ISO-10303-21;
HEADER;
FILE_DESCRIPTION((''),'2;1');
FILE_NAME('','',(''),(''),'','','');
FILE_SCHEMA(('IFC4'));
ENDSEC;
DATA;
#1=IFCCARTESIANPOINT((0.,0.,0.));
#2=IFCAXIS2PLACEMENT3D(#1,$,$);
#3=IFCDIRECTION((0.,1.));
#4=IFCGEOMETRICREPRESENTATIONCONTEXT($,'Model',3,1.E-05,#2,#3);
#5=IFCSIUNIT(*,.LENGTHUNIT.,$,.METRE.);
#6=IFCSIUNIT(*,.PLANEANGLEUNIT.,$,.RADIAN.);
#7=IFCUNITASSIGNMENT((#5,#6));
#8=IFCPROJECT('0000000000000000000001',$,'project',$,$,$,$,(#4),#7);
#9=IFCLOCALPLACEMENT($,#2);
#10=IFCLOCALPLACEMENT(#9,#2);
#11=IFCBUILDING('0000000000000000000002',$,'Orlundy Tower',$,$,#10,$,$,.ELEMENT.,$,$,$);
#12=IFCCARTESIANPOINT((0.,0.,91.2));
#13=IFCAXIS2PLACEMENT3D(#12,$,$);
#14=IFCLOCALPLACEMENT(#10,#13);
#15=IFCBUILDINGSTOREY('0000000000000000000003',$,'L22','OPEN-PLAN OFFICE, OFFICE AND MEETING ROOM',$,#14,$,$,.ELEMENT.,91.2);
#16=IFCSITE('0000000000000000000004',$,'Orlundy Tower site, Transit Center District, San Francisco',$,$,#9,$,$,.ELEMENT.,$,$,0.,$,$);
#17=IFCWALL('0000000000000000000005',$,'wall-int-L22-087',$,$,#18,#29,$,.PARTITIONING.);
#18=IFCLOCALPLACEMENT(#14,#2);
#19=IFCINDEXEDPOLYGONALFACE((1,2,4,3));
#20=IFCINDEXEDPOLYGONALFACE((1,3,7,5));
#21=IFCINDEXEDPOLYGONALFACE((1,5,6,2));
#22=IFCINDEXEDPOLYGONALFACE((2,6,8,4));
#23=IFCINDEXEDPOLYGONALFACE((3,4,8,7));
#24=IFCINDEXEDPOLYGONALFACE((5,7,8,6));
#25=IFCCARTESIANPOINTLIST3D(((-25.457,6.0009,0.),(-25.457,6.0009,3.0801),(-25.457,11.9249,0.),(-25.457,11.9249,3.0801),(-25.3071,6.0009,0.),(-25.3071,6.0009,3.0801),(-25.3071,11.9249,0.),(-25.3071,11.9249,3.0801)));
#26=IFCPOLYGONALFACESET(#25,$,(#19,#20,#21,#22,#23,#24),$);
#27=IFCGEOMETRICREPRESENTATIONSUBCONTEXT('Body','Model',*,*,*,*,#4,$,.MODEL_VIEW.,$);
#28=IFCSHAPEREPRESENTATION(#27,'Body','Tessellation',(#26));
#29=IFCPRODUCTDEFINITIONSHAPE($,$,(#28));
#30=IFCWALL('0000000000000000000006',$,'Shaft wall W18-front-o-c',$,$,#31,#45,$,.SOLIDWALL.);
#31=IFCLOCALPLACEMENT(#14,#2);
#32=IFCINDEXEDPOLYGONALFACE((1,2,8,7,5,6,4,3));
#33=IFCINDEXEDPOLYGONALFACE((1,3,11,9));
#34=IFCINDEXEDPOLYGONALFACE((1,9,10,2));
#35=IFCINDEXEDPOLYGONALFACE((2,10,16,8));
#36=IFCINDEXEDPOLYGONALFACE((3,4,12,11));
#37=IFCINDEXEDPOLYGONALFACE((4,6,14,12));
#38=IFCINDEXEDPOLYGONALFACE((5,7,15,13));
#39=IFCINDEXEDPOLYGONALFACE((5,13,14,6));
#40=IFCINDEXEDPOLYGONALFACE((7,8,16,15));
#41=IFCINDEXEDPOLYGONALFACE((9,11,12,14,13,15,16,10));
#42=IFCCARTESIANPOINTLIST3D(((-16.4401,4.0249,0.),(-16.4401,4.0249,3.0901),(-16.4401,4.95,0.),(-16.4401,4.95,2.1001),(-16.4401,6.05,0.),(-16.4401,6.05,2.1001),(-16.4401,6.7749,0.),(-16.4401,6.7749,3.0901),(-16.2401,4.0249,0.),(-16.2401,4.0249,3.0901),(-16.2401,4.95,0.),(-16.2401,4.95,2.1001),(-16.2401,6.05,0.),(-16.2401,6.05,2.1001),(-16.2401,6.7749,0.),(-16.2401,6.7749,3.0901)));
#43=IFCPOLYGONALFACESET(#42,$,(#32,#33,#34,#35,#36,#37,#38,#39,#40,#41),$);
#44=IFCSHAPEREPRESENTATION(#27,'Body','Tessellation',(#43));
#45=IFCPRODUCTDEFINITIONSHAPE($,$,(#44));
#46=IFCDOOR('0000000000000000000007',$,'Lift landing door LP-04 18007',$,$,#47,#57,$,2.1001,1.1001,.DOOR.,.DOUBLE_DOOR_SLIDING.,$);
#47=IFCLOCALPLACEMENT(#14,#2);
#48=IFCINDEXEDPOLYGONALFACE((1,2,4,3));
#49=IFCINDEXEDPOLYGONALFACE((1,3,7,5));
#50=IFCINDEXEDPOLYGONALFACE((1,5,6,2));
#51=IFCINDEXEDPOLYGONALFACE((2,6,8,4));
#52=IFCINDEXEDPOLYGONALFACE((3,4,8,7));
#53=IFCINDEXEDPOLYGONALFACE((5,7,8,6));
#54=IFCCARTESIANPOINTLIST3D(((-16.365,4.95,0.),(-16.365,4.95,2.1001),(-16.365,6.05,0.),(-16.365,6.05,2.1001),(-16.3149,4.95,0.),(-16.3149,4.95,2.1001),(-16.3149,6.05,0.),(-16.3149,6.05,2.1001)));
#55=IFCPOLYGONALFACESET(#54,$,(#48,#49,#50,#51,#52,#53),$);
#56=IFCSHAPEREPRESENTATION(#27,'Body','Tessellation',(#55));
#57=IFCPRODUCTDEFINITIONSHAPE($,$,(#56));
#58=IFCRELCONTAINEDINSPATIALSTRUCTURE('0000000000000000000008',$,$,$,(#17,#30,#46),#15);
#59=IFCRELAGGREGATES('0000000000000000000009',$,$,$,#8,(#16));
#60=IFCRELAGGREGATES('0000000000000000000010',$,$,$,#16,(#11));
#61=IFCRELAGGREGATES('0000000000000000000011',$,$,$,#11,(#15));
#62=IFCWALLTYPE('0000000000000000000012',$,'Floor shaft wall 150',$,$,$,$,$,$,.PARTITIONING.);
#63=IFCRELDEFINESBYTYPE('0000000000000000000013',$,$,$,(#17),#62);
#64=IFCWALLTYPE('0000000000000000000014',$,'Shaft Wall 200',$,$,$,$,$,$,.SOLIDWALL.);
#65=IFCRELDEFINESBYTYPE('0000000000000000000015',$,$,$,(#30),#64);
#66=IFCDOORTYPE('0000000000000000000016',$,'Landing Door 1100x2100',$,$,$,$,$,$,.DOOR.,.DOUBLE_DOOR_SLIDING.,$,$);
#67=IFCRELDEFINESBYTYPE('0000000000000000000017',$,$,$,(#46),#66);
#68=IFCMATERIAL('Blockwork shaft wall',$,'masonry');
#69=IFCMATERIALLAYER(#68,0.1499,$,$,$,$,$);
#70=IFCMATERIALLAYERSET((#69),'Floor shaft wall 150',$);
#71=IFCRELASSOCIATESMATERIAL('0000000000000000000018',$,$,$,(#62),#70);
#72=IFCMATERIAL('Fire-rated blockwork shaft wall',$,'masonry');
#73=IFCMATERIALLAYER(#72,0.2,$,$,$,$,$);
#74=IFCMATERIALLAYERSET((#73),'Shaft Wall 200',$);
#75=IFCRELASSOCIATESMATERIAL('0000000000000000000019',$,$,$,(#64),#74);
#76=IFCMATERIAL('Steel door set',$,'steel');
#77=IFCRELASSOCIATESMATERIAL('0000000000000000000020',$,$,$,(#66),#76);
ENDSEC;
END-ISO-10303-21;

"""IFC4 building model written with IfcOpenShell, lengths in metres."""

from ifc_helpers import new_model, si_unit, direction, frame, frame_2d, origin, place, context, subcontext, project, spatial, rectangle, extrude, material, layer, layer_set, type_object, element, fill, save


model = new_model("IFC4")

# Units and contexts
model_context = context("Model", 3, precision=1e-05, world=origin(), true_north=direction((0.0, 1.0)))
body_context = subcontext(model_context, "Body", "Model", "MODEL_VIEW")
ifc_project = project(units=[si_unit("LENGTHUNIT", "METRE"), si_unit("PLANEANGLEUNIT", "RADIAN")], contexts=[model_context])

# Site, building, storey
site_placement = place(None, origin())
site = spatial("IfcSite", under=ifc_project, at=site_placement, Name="Orlundy Tower site, Transit Center District, San Francisco", CompositionType="ELEMENT", RefElevation=0.0)
building_placement = place(site_placement, origin())
building = spatial("IfcBuilding", under=site, at=building_placement, Name="Orlundy Tower", CompositionType="ELEMENT")
storey_placement = place(building_placement, frame((0.0, 0.0, 91.2)))
storey = spatial("IfcBuildingStorey", under=building, at=storey_placement, Name="L22", Description="OPEN-PLAN OFFICE, OFFICE AND MEETING ROOM", CompositionType="ELEMENT", Elevation=91.2)

# Wall
ifc_material_1 = material(Name="Blockwork shaft wall", Category="masonry")
ifc_layer_1 = layer(ifc_material_1, 0.1499)
ifc_layer_set_1 = layer_set([ifc_layer_1], Name="Floor shaft wall 150")
wall_type_1 = type_object("IfcWallType", Name="Floor shaft wall 150", PredefinedType="PARTITIONING", material=ifc_layer_set_1)
wall_1_placement = place(storey_placement, frame((-25.3821, 6.001, 0.0), z_axis=(0.0, 0.0, 1.0), x_axis=(0.0, 1.0, 0.0)))
element("IfcWall", 1, at=wall_1_placement, inside=storey, type_object=wall_type_1, Name="wall-int-L22-087", PredefinedType="PARTITIONING", context=body_context, shape_type="SweptSolid", body=[
    extrude(rectangle(XDim=5.9241, YDim=0.1499, at=frame_2d((2.9619, 0.0))), origin(), (0.0, 0.0, 1.0), 3.0801),
])

# Wall, opening, door
ifc_material_2 = material(Name="Fire-rated blockwork shaft wall", Category="masonry")
ifc_layer_2 = layer(ifc_material_2, 0.2)
ifc_layer_set_2 = layer_set([ifc_layer_2], Name="Shaft Wall 200")
wall_type_2 = type_object("IfcWallType", Name="Shaft Wall 200", PredefinedType="SOLIDWALL", material=ifc_layer_set_2)
wall_2_placement = place(storey_placement, frame((-16.3401, 4.0249, 0.0), z_axis=(0.0, 0.0, 1.0), x_axis=(0.0, 1.0, 0.0)))
wall_2 = element("IfcWall", 2, at=wall_2_placement, inside=storey, type_object=wall_type_2, Name="Shaft wall W18-front-o-c", PredefinedType="SOLIDWALL", context=body_context, shape_type="SweptSolid", body=[
    extrude(rectangle(XDim=2.75, YDim=0.2, at=frame_2d((1.375, 0.0))), origin(), (0.0, 0.0, 1.0), 3.0901),
])
opening_1_placement = place(wall_2_placement, frame((0.925, 0.0, 0.0)))
opening_1 = element("IfcOpeningElement", 3, at=opening_1_placement, cuts=wall_2, PredefinedType="OPENING", context=body_context, shape_type="SweptSolid", body=[
    extrude(rectangle(XDim=1.1001, YDim=2.1001, at=frame_2d((0.55, 1.05))), frame((0.0, 0.1101, 0.0), z_axis=(0.0, -1.0, 0.0), x_axis=(1.0, 0.0, 0.0)), (0.0, 0.0, 1.0), 0.2202),
])
ifc_material_3 = material(Name="Steel door set", Category="steel")
door_type_1 = type_object("IfcDoorType", Name="Landing Door 1100x2100", OperationType="DOUBLE_DOOR_SLIDING", PredefinedType="DOOR", material=ifc_material_3)
door_1_placement = place(opening_1_placement, origin())
door_1 = element("IfcDoor", 4, at=door_1_placement, inside=storey, type_object=door_type_1, Name="Lift landing door LP-04 18007", OperationType="DOUBLE_DOOR_SLIDING", OverallHeight=2.1001, OverallWidth=1.1001, PredefinedType="DOOR", context=body_context, shape_type="SweptSolid", body=[
    extrude(rectangle(XDim=1.1001, YDim=2.1001, at=frame_2d((0.55, 1.05))), frame((0.0, 0.0249, 0.0), z_axis=(0.0, -1.0, 0.0), x_axis=(1.0, 0.0, 0.0)), (0.0, 0.0, 1.0), 0.05),
])
fill(opening_1, door_1)

save(model, "model.ifc")
